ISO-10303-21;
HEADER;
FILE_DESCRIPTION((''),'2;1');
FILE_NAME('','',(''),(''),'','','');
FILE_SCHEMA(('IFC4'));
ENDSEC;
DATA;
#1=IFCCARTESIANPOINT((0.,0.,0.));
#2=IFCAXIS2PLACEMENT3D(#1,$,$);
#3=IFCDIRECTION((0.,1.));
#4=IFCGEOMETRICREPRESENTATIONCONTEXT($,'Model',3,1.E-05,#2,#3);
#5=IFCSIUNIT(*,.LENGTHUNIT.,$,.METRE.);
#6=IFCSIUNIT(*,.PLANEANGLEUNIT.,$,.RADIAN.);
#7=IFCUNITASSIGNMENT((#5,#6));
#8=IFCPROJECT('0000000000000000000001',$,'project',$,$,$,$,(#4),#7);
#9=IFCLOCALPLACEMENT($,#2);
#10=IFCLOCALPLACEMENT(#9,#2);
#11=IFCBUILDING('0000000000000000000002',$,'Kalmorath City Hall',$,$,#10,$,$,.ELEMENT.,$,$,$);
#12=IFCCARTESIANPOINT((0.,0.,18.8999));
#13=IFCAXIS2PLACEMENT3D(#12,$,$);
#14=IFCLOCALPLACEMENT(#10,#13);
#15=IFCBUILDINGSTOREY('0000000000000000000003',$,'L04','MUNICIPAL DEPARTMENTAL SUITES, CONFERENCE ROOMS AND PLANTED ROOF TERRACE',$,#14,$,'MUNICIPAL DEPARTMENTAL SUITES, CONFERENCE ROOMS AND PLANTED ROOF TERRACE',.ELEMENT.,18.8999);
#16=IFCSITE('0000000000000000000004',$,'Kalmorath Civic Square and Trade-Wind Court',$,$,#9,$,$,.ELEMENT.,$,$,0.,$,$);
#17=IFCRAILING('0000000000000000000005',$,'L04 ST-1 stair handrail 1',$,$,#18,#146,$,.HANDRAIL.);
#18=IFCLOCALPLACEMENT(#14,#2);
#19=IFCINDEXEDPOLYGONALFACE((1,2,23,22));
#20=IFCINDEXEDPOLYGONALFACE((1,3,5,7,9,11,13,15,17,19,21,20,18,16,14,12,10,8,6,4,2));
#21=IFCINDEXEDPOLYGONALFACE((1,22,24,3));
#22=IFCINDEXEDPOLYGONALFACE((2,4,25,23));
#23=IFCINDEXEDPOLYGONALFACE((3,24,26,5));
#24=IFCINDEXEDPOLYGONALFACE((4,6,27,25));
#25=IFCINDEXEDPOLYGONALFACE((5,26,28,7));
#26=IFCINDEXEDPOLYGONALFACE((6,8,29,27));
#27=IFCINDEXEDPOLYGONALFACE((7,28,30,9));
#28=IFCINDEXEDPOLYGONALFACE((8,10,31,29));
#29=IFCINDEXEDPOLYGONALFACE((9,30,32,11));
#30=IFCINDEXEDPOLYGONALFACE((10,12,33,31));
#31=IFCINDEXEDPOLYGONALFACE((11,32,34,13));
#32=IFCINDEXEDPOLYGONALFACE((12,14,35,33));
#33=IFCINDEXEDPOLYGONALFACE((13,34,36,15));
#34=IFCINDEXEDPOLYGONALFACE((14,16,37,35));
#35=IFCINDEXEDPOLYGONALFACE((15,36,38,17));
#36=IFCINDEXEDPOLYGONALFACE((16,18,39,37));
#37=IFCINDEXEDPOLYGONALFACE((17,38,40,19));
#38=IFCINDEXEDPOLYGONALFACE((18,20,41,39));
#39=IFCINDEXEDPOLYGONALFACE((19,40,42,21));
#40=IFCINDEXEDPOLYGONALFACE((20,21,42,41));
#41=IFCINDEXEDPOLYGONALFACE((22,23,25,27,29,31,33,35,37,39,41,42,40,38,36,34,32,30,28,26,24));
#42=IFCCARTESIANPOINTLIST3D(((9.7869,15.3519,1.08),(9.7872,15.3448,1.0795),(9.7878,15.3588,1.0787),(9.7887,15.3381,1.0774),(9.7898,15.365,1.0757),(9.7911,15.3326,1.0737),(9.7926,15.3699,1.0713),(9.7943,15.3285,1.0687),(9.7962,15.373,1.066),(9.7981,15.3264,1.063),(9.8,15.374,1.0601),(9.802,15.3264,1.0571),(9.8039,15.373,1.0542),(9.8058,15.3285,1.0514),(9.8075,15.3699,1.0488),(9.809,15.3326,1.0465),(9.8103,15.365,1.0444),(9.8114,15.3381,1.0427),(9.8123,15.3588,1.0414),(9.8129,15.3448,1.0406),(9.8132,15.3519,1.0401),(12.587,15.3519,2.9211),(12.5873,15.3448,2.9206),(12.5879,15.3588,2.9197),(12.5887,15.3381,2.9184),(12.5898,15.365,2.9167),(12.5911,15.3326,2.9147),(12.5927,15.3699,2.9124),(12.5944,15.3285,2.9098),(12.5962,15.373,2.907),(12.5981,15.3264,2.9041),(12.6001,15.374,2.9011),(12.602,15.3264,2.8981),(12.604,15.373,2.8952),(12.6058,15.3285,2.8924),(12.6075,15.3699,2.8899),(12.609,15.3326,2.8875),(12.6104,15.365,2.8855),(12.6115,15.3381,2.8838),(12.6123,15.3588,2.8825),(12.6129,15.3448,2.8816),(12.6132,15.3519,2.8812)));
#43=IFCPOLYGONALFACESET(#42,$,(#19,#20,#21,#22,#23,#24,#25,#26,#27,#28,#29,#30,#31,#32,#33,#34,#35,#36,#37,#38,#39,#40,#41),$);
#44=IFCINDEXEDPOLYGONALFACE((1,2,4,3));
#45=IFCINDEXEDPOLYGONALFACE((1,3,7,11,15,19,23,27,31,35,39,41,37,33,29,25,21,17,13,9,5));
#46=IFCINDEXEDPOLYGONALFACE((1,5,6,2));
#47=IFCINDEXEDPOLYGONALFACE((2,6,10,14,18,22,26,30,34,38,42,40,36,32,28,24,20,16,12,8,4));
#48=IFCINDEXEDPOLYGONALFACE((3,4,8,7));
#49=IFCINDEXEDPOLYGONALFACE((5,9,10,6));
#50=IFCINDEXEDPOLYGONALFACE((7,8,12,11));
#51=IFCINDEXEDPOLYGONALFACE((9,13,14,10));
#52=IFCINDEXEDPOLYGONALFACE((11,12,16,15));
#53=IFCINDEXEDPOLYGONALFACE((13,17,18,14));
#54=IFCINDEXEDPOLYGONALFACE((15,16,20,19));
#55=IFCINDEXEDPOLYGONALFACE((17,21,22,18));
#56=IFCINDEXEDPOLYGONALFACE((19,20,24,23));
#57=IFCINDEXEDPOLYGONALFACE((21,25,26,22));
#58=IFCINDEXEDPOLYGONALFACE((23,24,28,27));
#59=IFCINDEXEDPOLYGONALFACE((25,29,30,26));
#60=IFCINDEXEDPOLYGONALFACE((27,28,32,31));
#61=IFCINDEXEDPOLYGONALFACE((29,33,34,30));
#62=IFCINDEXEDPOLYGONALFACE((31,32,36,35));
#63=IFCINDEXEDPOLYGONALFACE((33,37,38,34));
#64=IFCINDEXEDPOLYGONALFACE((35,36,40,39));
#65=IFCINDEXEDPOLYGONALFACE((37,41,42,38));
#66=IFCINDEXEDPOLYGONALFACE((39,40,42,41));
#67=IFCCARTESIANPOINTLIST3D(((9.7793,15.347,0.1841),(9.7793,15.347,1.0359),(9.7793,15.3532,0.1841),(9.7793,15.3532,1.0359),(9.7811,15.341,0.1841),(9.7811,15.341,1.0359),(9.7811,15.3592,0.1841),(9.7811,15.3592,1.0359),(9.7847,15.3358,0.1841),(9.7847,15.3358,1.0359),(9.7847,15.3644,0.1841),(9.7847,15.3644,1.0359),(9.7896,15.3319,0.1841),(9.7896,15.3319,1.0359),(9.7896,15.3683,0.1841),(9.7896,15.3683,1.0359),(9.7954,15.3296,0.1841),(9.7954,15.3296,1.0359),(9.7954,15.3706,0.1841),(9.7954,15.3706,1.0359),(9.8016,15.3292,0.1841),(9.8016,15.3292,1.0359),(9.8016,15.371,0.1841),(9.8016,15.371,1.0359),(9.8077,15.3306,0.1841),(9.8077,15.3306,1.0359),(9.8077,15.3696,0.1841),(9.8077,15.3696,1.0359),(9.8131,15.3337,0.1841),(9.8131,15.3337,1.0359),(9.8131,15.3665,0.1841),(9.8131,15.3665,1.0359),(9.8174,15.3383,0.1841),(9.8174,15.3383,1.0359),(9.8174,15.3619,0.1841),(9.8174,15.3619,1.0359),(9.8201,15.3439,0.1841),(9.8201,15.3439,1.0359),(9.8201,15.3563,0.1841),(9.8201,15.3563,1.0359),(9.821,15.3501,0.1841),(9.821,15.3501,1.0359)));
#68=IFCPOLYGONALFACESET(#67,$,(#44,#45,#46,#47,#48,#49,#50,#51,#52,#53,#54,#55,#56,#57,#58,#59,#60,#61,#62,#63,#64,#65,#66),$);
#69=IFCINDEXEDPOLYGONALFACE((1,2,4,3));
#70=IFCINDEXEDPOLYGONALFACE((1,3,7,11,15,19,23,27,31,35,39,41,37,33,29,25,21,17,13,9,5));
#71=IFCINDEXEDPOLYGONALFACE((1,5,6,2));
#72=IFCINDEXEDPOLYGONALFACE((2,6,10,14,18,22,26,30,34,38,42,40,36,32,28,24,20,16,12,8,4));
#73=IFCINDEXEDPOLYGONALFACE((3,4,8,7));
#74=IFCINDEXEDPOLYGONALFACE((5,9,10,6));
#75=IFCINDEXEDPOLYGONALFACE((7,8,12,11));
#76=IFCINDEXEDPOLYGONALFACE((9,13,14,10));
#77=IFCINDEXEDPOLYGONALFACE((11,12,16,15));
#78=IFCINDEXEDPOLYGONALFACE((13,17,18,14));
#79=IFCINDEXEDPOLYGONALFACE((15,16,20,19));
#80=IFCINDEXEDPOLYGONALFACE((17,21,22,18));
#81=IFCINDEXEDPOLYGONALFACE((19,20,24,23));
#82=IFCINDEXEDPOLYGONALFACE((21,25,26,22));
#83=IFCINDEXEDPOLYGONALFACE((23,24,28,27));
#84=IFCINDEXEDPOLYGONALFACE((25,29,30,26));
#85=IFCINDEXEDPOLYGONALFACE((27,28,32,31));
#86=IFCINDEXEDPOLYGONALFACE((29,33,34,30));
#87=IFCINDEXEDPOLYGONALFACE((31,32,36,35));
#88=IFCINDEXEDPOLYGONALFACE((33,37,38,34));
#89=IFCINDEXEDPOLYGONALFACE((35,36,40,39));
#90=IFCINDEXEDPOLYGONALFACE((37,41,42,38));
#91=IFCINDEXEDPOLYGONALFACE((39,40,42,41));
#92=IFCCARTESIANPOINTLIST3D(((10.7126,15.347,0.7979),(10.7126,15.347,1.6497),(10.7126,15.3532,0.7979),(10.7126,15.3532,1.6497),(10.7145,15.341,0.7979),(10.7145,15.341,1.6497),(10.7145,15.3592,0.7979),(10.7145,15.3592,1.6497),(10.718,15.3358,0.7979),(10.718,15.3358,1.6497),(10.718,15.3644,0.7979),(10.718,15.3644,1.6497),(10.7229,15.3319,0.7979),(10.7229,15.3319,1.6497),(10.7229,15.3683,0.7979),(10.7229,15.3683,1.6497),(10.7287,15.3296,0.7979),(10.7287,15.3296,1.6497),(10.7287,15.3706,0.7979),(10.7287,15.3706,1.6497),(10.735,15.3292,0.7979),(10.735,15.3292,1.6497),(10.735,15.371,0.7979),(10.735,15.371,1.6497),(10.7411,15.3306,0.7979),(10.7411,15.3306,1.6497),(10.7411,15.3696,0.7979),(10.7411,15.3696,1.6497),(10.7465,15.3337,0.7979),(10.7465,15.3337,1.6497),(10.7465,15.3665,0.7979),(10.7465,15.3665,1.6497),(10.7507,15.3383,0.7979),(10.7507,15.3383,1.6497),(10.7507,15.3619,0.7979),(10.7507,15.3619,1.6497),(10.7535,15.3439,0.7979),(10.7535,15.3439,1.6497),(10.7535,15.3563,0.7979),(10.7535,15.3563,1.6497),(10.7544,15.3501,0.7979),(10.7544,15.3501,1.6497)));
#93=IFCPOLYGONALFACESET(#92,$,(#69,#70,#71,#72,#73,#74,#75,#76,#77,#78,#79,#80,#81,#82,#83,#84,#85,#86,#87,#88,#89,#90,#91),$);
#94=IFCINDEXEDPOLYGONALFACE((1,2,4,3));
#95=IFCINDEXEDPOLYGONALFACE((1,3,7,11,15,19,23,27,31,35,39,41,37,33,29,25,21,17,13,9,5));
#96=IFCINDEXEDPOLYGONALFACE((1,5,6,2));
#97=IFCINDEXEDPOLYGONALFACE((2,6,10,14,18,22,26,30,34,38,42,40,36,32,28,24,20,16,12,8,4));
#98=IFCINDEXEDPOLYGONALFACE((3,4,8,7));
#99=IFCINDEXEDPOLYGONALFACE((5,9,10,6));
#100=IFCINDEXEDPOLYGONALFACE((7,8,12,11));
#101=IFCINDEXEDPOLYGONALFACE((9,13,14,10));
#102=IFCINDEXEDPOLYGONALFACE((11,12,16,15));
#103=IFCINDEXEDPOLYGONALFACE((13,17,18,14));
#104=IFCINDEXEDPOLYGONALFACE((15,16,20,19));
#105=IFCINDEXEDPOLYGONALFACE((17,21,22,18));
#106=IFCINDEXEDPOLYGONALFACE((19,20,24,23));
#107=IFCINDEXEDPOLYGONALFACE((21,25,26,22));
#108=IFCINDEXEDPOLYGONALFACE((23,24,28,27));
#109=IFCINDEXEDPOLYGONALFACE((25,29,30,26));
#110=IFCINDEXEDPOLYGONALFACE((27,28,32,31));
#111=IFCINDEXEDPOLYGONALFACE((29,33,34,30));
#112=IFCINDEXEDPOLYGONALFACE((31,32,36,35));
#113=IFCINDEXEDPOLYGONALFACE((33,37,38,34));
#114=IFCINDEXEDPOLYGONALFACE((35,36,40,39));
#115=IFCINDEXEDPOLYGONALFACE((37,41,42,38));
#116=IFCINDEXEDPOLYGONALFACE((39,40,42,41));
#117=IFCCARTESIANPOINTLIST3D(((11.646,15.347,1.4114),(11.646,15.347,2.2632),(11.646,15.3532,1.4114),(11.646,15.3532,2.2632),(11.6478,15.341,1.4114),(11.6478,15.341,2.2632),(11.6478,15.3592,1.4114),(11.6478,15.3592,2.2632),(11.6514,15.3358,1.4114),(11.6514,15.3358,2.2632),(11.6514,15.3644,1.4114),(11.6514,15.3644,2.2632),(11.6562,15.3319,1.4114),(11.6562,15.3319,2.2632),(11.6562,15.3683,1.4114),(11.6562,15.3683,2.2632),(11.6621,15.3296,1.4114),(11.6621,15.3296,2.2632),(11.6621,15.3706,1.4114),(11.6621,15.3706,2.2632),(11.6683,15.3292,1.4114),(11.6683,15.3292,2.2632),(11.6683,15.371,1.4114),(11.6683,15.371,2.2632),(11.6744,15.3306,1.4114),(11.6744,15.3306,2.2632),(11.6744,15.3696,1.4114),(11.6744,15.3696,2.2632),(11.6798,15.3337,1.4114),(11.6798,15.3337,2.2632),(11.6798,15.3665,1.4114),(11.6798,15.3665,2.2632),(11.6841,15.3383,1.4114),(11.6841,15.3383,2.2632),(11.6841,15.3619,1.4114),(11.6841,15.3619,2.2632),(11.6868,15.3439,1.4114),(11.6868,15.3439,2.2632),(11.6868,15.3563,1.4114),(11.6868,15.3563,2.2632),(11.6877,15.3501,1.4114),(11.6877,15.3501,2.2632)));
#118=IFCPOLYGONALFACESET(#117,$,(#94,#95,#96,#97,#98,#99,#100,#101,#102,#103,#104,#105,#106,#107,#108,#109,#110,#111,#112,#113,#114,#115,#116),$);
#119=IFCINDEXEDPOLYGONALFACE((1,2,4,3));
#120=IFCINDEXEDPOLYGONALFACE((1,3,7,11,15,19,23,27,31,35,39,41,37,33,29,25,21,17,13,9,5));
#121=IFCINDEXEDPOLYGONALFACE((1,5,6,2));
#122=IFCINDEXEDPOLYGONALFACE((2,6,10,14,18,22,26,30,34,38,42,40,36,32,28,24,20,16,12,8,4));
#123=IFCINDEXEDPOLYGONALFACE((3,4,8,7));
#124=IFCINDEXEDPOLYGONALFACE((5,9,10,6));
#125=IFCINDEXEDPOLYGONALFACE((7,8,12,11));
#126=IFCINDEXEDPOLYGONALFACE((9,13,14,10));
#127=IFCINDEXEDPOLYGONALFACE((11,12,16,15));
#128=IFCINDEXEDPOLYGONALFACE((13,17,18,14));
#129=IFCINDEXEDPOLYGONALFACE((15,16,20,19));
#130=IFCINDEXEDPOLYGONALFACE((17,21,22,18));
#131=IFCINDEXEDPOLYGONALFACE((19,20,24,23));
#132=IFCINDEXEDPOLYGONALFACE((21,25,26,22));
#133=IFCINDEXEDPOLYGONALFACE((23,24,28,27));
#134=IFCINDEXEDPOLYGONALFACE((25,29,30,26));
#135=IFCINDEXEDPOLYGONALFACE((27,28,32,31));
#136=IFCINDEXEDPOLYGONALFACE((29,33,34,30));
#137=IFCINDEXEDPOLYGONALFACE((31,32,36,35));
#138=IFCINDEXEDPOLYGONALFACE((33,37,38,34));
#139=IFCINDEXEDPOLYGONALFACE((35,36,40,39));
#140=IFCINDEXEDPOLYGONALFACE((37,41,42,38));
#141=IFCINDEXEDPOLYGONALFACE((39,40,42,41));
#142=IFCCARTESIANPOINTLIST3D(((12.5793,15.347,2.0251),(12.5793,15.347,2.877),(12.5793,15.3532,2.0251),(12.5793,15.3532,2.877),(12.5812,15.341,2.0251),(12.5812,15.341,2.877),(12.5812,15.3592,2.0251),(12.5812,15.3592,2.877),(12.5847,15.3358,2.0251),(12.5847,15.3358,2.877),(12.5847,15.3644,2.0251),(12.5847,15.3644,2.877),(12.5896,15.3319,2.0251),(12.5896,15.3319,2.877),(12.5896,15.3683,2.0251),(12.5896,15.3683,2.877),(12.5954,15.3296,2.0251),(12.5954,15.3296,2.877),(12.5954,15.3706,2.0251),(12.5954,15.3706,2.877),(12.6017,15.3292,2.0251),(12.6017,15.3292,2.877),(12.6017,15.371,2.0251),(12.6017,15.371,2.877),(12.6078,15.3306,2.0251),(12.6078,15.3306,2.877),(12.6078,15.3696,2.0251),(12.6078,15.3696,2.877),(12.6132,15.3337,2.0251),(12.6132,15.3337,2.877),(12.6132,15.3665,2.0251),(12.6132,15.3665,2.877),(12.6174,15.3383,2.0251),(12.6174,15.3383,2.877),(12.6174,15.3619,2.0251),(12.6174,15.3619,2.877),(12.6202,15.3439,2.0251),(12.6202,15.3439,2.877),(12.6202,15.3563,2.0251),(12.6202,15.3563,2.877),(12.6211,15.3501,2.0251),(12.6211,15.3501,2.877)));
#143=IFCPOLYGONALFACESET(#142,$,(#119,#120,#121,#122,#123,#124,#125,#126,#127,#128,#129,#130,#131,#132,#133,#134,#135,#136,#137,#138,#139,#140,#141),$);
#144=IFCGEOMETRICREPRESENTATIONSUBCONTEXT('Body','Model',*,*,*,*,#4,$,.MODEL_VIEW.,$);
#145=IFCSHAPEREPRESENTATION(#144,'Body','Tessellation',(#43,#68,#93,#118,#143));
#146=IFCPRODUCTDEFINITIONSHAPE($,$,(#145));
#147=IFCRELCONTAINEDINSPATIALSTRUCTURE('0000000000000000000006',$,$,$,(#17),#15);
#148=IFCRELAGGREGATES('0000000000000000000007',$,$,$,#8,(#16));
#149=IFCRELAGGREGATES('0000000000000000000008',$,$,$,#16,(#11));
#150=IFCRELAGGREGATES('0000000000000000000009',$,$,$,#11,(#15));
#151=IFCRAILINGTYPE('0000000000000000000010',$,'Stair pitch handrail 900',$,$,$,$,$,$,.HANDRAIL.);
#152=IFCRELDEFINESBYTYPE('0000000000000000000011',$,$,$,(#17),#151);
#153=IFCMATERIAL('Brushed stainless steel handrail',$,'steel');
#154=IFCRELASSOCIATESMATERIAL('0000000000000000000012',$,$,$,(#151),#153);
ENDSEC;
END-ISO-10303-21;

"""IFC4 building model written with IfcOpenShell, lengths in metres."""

from ifc_helpers import new_model, si_unit, direction, frame, origin, origin_2d, place, context, subcontext, project, spatial, circle, extrude, material, type_object, element, save


model = new_model("IFC4")

# Units and contexts
model_context = context("Model", 3, precision=1e-05, world=origin(), true_north=direction((0.0, 1.0)))
body_context = subcontext(model_context, "Body", "Model", "MODEL_VIEW")
ifc_project = project(units=[si_unit("LENGTHUNIT", "METRE"), si_unit("PLANEANGLEUNIT", "RADIAN")], contexts=[model_context])

# Site, building, storey
site_placement = place(None, origin())
site = spatial("IfcSite", under=ifc_project, at=site_placement, Name="Kalmorath Civic Square and Trade-Wind Court", CompositionType="ELEMENT", RefElevation=0.0)
building_placement = place(site_placement, origin())
building = spatial("IfcBuilding", under=site, at=building_placement, Name="Kalmorath City Hall", CompositionType="ELEMENT")
storey_placement = place(building_placement, frame((0.0, 0.0, 18.8999)))
storey = spatial("IfcBuildingStorey", under=building, at=storey_placement, Name="L04", Description="MUNICIPAL DEPARTMENTAL SUITES, CONFERENCE ROOMS AND PLANTED ROOF TERRACE", LongName="MUNICIPAL DEPARTMENTAL SUITES, CONFERENCE ROOMS AND PLANTED ROOF TERRACE", CompositionType="ELEMENT", Elevation=18.8999)

# Railing
ifc_material_1 = material(Name="Brushed stainless steel handrail", Category="steel")
railing_type_1 = type_object("IfcRailingType", Name="Stair pitch handrail 900", PredefinedType="HANDRAIL", material=ifc_material_1)
railing_1_placement = place(storey_placement, frame((9.8, 15.3501, 0.1841)))
element("IfcRailing", 1, at=railing_1_placement, inside=storey, type_object=railing_type_1, Name="L04 ST-1 stair handrail 1", PredefinedType="HANDRAIL", context=body_context, shape_type="SweptSolid", body=[
    extrude(circle(Radius=0.0239, at=origin_2d()), frame((0.0, 0.0, 0.876), z_axis=(0.835564, 0.0, 0.549393), x_axis=(0.0, 1.0, 0.0)), (0.0, 0.0, 1.0), 3.3511),
    extrude(circle(Radius=0.021, at=origin_2d()), origin(), (0.0, 0.0, 1.0), 0.8518),
    extrude(circle(Radius=0.021, at=origin_2d()), frame((0.9333, 0.0, 0.6138)), (0.0, 0.0, 1.0), 0.8518),
    extrude(circle(Radius=0.021, at=origin_2d()), frame((1.8667, 0.0, 1.2273)), (0.0, 0.0, 1.0), 0.8518),
    extrude(circle(Radius=0.021, at=origin_2d()), frame((2.8, 0.0, 1.8411)), (0.0, 0.0, 1.0), 0.8518),
])

save(model, "model.ifc")
